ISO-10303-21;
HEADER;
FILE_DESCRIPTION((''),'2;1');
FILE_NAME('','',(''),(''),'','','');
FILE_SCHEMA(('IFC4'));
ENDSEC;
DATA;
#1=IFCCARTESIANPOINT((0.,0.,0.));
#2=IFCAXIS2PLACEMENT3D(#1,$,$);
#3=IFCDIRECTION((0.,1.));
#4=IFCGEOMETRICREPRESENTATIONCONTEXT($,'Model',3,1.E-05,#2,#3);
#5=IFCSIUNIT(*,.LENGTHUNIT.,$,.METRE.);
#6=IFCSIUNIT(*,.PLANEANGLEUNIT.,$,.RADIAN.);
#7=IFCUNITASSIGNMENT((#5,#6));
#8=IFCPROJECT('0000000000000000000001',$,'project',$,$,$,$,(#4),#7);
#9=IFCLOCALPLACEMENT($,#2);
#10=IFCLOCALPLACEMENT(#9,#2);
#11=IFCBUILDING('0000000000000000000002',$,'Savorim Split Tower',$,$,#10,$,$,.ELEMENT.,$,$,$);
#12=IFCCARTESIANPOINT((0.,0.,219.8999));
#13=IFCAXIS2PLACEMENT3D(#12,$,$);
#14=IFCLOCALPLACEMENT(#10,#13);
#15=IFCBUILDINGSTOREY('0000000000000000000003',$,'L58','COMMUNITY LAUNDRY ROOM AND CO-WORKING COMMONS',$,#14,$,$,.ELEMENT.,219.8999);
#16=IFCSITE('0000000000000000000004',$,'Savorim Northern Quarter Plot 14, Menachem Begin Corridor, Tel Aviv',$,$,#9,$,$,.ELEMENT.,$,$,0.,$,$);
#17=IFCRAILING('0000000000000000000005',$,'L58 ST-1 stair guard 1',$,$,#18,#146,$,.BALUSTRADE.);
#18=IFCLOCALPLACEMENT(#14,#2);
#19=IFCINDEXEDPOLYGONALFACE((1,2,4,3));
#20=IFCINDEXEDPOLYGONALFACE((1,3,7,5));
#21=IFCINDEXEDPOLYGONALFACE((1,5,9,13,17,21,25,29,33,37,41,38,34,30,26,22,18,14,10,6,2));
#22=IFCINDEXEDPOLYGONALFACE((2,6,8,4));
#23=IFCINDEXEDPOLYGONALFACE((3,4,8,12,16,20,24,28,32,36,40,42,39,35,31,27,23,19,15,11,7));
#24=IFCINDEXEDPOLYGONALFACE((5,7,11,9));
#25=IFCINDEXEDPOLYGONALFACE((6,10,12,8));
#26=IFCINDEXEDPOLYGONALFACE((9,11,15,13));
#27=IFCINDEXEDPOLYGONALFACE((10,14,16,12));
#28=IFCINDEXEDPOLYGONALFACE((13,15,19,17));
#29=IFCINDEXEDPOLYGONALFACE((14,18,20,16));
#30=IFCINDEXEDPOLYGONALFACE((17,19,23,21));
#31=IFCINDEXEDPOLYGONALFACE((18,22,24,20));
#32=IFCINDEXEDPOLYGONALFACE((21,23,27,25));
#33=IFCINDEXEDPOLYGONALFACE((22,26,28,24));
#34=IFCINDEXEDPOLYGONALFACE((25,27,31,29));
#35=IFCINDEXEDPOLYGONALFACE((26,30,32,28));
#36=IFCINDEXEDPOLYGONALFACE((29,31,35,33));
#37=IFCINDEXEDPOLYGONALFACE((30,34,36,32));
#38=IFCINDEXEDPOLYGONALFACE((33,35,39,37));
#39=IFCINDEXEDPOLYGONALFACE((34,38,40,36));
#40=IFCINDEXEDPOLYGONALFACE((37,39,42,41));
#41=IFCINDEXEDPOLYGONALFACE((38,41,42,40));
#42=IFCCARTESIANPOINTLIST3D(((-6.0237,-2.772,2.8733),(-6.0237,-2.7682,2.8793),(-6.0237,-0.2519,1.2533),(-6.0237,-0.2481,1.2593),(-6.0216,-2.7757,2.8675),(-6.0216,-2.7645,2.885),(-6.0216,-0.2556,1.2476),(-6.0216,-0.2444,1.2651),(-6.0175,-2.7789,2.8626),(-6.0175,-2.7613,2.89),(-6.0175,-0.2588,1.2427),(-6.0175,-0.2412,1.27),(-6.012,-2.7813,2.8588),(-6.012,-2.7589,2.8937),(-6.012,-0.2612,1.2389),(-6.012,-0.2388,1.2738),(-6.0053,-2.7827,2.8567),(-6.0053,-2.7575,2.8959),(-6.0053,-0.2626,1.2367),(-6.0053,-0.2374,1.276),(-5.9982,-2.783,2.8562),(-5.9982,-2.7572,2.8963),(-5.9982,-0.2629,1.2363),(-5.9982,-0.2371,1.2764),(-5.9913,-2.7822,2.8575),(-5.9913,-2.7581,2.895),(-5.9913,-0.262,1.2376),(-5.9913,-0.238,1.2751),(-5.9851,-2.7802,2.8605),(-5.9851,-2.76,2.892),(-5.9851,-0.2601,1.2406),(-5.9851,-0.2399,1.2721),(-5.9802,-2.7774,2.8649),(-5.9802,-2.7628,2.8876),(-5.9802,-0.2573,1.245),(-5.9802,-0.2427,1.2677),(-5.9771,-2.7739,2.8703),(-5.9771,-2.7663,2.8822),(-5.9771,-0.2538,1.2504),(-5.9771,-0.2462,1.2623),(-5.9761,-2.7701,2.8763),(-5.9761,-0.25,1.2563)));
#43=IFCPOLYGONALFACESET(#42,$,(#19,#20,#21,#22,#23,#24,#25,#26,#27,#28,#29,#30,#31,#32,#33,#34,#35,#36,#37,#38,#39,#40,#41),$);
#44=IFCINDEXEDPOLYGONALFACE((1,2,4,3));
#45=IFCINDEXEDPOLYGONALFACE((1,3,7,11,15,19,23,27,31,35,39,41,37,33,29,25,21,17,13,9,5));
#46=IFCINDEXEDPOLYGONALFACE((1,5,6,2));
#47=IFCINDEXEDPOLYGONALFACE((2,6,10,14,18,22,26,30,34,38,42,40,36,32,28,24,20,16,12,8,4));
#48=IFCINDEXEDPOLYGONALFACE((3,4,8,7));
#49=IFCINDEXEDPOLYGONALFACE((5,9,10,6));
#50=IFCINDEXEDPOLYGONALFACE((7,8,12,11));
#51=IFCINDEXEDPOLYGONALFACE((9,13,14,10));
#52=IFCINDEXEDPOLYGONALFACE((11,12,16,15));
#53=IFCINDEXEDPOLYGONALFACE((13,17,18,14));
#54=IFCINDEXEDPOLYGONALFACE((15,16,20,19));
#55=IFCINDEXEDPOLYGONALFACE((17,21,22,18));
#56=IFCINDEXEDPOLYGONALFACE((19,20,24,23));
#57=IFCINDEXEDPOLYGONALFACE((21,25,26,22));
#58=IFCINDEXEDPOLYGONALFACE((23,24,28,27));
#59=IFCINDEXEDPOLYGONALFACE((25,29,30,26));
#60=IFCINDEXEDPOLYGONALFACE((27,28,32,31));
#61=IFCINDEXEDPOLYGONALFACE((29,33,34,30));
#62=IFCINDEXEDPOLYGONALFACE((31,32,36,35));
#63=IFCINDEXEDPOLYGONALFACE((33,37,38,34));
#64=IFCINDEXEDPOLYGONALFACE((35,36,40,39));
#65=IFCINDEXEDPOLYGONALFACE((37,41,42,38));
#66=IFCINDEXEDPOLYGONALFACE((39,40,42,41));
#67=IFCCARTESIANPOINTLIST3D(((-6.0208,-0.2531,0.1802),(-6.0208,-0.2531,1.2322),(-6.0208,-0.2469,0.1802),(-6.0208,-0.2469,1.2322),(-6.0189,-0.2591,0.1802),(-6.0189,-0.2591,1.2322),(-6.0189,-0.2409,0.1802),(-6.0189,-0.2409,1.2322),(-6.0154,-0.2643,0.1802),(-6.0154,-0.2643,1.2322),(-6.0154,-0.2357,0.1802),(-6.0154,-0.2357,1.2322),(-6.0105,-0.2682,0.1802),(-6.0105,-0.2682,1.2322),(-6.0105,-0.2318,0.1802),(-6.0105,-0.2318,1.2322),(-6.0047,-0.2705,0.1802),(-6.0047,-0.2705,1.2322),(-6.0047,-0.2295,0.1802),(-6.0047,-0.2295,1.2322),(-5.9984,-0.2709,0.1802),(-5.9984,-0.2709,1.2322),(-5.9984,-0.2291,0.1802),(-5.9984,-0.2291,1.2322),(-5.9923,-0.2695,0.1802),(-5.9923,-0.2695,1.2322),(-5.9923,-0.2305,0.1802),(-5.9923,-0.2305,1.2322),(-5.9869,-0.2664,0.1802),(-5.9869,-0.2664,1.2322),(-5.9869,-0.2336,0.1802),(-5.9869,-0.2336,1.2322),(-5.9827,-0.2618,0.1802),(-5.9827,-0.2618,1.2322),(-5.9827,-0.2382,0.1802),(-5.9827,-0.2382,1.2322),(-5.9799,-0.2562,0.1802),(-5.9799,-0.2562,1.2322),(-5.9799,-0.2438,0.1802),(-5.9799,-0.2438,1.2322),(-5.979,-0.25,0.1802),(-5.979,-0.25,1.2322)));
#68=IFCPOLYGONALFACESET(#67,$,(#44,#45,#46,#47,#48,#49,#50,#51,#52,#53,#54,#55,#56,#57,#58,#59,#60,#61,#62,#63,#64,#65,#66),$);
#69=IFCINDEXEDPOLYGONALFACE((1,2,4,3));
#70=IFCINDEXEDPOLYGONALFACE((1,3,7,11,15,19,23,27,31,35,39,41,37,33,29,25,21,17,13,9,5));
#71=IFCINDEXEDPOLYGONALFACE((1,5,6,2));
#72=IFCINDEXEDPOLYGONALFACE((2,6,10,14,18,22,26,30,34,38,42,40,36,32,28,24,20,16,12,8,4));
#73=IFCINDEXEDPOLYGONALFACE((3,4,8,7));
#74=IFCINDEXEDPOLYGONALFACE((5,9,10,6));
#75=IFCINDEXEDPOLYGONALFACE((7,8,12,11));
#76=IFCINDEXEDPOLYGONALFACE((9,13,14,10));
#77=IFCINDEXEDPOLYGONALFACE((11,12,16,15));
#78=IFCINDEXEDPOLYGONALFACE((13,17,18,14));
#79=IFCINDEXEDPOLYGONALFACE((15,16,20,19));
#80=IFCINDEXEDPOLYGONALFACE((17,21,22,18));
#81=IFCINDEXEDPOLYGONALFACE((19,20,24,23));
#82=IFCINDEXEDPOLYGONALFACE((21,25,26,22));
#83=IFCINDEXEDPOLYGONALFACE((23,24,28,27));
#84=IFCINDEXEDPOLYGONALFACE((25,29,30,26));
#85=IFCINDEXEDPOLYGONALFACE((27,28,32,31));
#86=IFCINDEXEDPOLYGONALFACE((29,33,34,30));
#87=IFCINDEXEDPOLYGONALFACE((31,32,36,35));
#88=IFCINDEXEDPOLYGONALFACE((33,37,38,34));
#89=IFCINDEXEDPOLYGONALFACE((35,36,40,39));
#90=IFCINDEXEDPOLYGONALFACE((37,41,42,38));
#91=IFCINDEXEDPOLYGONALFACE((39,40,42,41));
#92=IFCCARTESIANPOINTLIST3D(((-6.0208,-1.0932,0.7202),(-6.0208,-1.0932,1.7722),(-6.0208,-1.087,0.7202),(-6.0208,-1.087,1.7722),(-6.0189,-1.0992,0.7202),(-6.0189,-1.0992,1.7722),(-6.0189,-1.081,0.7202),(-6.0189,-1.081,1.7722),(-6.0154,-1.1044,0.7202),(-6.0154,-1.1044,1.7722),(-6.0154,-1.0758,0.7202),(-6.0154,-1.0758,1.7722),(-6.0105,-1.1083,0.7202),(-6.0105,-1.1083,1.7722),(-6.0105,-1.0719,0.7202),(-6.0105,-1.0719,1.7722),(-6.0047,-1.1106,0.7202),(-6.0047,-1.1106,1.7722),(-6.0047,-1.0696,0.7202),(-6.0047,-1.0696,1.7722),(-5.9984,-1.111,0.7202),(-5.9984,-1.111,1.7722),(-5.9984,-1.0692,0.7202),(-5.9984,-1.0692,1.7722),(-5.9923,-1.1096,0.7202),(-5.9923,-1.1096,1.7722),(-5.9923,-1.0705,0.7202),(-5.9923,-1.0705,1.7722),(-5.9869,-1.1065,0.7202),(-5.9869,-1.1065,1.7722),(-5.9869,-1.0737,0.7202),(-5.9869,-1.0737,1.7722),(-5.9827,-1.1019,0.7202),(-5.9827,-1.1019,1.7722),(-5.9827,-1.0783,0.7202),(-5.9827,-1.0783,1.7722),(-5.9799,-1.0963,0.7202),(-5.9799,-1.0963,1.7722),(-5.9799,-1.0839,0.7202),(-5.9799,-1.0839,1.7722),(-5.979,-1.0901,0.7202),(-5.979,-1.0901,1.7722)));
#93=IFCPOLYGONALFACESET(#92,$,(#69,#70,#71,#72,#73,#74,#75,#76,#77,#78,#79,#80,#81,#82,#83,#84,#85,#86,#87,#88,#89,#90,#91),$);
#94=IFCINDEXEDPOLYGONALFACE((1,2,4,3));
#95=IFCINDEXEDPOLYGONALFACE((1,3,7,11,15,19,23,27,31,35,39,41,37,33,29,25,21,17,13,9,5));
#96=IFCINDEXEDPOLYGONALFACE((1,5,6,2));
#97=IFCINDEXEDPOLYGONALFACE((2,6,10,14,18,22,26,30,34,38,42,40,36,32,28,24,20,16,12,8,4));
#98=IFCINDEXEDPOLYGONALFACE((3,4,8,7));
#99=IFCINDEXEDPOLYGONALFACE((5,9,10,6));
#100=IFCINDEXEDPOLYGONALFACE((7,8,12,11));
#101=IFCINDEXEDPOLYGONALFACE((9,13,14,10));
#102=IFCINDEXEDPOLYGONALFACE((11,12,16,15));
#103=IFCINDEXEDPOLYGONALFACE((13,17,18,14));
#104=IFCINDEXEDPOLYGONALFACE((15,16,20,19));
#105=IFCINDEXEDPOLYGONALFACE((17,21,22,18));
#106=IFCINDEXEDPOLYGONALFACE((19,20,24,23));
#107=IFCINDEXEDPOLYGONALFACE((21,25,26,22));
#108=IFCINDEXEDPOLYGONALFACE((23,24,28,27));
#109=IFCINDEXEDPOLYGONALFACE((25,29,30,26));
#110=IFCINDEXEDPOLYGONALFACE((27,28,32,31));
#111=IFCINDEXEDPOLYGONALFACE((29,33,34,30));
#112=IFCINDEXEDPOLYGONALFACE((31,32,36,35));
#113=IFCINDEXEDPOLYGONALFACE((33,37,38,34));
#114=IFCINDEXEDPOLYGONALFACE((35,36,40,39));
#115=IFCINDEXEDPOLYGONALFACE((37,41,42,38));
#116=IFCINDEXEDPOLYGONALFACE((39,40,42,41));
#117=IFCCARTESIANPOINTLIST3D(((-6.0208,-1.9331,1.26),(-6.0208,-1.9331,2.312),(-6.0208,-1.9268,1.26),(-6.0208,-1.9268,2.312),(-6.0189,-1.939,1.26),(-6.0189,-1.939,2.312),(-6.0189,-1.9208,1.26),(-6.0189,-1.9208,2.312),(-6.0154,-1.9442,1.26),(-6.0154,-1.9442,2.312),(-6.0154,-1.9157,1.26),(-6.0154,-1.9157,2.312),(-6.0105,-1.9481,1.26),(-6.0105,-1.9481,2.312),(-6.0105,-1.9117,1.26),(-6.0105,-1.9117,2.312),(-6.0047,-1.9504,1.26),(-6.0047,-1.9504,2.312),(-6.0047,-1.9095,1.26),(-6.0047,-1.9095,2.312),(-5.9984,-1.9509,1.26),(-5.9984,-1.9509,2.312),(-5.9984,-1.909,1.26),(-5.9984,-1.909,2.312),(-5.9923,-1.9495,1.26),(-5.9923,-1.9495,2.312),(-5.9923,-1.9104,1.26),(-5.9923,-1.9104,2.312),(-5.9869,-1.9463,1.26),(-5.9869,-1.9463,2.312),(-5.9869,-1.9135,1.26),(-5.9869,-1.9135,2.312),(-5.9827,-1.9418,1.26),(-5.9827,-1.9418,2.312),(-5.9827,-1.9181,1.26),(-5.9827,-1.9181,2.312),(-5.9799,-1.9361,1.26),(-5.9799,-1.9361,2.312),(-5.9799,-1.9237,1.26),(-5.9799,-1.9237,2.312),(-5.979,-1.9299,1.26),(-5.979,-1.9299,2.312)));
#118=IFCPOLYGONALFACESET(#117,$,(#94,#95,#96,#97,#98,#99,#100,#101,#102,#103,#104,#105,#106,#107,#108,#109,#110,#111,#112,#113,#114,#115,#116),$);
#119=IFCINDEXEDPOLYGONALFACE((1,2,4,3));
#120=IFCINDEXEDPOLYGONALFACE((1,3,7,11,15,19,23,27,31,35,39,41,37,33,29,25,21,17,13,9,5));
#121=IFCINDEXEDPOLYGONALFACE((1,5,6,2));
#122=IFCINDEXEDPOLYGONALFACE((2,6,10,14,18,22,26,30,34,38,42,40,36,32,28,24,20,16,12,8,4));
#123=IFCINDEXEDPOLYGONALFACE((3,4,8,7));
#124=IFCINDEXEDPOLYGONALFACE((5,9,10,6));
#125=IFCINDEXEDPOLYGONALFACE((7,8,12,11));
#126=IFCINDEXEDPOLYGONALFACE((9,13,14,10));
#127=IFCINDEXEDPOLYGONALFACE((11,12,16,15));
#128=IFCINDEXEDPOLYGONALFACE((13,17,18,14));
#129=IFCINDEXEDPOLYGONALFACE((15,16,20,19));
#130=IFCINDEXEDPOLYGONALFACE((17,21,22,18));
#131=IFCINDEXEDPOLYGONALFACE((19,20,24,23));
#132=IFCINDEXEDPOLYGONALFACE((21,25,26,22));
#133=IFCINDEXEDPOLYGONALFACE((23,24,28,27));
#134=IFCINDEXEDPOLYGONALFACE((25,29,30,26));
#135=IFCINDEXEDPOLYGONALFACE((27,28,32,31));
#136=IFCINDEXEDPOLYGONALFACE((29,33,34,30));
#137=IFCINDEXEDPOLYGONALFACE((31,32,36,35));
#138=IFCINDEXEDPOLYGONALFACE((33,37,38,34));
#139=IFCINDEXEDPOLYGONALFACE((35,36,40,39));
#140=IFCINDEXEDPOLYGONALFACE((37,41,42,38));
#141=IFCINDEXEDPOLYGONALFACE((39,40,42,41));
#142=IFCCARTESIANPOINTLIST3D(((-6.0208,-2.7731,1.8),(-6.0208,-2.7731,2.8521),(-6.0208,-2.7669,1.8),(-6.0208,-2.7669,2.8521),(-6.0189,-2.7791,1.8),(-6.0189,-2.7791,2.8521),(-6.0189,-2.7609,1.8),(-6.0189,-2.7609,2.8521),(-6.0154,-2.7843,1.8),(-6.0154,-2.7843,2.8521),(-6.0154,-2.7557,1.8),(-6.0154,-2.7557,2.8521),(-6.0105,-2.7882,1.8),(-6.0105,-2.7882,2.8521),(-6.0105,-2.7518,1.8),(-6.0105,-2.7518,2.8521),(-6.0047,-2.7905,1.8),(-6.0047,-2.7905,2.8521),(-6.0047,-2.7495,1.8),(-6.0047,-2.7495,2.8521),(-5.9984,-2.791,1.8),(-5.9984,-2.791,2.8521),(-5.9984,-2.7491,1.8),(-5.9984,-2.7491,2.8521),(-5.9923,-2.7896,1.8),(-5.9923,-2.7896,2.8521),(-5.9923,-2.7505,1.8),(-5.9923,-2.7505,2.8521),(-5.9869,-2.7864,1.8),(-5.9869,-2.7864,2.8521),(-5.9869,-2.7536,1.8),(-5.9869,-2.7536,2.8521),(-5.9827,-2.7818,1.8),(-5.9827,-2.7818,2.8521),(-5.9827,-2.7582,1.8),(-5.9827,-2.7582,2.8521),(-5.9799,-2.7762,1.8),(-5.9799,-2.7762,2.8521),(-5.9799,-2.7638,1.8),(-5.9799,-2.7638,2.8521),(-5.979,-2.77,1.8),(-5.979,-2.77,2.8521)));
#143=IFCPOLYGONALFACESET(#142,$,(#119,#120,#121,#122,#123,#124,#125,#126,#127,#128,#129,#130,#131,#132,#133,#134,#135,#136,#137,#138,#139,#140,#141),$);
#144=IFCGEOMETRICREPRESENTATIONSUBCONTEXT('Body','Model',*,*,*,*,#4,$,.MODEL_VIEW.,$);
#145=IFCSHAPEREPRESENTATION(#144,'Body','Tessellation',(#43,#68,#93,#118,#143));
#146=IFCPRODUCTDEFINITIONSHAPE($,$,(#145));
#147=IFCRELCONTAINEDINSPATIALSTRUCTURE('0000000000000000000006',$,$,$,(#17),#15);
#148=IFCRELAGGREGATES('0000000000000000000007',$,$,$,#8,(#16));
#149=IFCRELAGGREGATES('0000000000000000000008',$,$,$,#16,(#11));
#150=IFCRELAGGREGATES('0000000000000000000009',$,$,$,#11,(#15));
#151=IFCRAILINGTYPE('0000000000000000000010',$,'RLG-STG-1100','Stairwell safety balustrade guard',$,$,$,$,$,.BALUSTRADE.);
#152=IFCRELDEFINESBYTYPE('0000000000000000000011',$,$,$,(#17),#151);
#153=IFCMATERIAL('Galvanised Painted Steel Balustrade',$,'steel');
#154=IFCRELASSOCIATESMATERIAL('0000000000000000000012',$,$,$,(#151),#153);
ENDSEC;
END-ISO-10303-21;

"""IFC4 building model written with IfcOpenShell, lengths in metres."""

from ifc_helpers import new_model, si_unit, direction, frame, origin, origin_2d, place, context, subcontext, project, spatial, circle, extrude, material, type_object, element, save


model = new_model("IFC4")

# Units and contexts
model_context = context("Model", 3, precision=1e-05, world=origin(), true_north=direction((0.0, 1.0)))
body_context = subcontext(model_context, "Body", "Model", "MODEL_VIEW")
ifc_project = project(units=[si_unit("LENGTHUNIT", "METRE"), si_unit("PLANEANGLEUNIT", "RADIAN")], contexts=[model_context])

# Site, building, storey
site_placement = place(None, origin())
site = spatial("IfcSite", under=ifc_project, at=site_placement, Name="Savorim Northern Quarter Plot 14, Menachem Begin Corridor, Tel Aviv", CompositionType="ELEMENT", RefElevation=0.0)
building_placement = place(site_placement, origin())
building = spatial("IfcBuilding", under=site, at=building_placement, Name="Savorim Split Tower", CompositionType="ELEMENT")
storey_placement = place(building_placement, frame((0.0, 0.0, 219.8999)))
storey = spatial("IfcBuildingStorey", under=building, at=storey_placement, Name="L58", Description="COMMUNITY LAUNDRY ROOM AND CO-WORKING COMMONS", CompositionType="ELEMENT", Elevation=219.8999)

# Railing
ifc_material_1 = material(Name="Galvanised Painted Steel Balustrade", Category="steel")
railing_type_1 = type_object("IfcRailingType", Name="RLG-STG-1100", Description="Stairwell safety balustrade guard", PredefinedType="BALUSTRADE", material=ifc_material_1)
railing_1_placement = place(storey_placement, frame((-6.0, -0.25, 0.1802)))
element("IfcRailing", 1, at=railing_1_placement, inside=storey, type_object=railing_type_1, Name="L58 ST-1 stair guard 1", PredefinedType="BALUSTRADE", context=body_context, shape_type="SweptSolid", body=[
    extrude(circle(Radius=0.0239, at=origin_2d()), frame((0.0, 0.0, 1.0762), z_axis=(0.0, -0.8412, 0.540725), x_axis=(1.0, 0.0, 0.0)), (0.0, 0.0, 1.0), 2.9958),
    extrude(circle(Radius=0.021, at=origin_2d()), origin(), (0.0, 0.0, 1.0), 1.052),
    extrude(circle(Radius=0.021, at=origin_2d()), frame((0.0, -0.8401, 0.54)), (0.0, 0.0, 1.0), 1.052),
    extrude(circle(Radius=0.021, at=origin_2d()), frame((0.0, -1.6799, 1.0798)), (0.0, 0.0, 1.0), 1.052),
    extrude(circle(Radius=0.021, at=origin_2d()), frame((0.0, -2.52, 1.6199)), (0.0, 0.0, 1.0), 1.052),
])

save(model, "model.ifc")
